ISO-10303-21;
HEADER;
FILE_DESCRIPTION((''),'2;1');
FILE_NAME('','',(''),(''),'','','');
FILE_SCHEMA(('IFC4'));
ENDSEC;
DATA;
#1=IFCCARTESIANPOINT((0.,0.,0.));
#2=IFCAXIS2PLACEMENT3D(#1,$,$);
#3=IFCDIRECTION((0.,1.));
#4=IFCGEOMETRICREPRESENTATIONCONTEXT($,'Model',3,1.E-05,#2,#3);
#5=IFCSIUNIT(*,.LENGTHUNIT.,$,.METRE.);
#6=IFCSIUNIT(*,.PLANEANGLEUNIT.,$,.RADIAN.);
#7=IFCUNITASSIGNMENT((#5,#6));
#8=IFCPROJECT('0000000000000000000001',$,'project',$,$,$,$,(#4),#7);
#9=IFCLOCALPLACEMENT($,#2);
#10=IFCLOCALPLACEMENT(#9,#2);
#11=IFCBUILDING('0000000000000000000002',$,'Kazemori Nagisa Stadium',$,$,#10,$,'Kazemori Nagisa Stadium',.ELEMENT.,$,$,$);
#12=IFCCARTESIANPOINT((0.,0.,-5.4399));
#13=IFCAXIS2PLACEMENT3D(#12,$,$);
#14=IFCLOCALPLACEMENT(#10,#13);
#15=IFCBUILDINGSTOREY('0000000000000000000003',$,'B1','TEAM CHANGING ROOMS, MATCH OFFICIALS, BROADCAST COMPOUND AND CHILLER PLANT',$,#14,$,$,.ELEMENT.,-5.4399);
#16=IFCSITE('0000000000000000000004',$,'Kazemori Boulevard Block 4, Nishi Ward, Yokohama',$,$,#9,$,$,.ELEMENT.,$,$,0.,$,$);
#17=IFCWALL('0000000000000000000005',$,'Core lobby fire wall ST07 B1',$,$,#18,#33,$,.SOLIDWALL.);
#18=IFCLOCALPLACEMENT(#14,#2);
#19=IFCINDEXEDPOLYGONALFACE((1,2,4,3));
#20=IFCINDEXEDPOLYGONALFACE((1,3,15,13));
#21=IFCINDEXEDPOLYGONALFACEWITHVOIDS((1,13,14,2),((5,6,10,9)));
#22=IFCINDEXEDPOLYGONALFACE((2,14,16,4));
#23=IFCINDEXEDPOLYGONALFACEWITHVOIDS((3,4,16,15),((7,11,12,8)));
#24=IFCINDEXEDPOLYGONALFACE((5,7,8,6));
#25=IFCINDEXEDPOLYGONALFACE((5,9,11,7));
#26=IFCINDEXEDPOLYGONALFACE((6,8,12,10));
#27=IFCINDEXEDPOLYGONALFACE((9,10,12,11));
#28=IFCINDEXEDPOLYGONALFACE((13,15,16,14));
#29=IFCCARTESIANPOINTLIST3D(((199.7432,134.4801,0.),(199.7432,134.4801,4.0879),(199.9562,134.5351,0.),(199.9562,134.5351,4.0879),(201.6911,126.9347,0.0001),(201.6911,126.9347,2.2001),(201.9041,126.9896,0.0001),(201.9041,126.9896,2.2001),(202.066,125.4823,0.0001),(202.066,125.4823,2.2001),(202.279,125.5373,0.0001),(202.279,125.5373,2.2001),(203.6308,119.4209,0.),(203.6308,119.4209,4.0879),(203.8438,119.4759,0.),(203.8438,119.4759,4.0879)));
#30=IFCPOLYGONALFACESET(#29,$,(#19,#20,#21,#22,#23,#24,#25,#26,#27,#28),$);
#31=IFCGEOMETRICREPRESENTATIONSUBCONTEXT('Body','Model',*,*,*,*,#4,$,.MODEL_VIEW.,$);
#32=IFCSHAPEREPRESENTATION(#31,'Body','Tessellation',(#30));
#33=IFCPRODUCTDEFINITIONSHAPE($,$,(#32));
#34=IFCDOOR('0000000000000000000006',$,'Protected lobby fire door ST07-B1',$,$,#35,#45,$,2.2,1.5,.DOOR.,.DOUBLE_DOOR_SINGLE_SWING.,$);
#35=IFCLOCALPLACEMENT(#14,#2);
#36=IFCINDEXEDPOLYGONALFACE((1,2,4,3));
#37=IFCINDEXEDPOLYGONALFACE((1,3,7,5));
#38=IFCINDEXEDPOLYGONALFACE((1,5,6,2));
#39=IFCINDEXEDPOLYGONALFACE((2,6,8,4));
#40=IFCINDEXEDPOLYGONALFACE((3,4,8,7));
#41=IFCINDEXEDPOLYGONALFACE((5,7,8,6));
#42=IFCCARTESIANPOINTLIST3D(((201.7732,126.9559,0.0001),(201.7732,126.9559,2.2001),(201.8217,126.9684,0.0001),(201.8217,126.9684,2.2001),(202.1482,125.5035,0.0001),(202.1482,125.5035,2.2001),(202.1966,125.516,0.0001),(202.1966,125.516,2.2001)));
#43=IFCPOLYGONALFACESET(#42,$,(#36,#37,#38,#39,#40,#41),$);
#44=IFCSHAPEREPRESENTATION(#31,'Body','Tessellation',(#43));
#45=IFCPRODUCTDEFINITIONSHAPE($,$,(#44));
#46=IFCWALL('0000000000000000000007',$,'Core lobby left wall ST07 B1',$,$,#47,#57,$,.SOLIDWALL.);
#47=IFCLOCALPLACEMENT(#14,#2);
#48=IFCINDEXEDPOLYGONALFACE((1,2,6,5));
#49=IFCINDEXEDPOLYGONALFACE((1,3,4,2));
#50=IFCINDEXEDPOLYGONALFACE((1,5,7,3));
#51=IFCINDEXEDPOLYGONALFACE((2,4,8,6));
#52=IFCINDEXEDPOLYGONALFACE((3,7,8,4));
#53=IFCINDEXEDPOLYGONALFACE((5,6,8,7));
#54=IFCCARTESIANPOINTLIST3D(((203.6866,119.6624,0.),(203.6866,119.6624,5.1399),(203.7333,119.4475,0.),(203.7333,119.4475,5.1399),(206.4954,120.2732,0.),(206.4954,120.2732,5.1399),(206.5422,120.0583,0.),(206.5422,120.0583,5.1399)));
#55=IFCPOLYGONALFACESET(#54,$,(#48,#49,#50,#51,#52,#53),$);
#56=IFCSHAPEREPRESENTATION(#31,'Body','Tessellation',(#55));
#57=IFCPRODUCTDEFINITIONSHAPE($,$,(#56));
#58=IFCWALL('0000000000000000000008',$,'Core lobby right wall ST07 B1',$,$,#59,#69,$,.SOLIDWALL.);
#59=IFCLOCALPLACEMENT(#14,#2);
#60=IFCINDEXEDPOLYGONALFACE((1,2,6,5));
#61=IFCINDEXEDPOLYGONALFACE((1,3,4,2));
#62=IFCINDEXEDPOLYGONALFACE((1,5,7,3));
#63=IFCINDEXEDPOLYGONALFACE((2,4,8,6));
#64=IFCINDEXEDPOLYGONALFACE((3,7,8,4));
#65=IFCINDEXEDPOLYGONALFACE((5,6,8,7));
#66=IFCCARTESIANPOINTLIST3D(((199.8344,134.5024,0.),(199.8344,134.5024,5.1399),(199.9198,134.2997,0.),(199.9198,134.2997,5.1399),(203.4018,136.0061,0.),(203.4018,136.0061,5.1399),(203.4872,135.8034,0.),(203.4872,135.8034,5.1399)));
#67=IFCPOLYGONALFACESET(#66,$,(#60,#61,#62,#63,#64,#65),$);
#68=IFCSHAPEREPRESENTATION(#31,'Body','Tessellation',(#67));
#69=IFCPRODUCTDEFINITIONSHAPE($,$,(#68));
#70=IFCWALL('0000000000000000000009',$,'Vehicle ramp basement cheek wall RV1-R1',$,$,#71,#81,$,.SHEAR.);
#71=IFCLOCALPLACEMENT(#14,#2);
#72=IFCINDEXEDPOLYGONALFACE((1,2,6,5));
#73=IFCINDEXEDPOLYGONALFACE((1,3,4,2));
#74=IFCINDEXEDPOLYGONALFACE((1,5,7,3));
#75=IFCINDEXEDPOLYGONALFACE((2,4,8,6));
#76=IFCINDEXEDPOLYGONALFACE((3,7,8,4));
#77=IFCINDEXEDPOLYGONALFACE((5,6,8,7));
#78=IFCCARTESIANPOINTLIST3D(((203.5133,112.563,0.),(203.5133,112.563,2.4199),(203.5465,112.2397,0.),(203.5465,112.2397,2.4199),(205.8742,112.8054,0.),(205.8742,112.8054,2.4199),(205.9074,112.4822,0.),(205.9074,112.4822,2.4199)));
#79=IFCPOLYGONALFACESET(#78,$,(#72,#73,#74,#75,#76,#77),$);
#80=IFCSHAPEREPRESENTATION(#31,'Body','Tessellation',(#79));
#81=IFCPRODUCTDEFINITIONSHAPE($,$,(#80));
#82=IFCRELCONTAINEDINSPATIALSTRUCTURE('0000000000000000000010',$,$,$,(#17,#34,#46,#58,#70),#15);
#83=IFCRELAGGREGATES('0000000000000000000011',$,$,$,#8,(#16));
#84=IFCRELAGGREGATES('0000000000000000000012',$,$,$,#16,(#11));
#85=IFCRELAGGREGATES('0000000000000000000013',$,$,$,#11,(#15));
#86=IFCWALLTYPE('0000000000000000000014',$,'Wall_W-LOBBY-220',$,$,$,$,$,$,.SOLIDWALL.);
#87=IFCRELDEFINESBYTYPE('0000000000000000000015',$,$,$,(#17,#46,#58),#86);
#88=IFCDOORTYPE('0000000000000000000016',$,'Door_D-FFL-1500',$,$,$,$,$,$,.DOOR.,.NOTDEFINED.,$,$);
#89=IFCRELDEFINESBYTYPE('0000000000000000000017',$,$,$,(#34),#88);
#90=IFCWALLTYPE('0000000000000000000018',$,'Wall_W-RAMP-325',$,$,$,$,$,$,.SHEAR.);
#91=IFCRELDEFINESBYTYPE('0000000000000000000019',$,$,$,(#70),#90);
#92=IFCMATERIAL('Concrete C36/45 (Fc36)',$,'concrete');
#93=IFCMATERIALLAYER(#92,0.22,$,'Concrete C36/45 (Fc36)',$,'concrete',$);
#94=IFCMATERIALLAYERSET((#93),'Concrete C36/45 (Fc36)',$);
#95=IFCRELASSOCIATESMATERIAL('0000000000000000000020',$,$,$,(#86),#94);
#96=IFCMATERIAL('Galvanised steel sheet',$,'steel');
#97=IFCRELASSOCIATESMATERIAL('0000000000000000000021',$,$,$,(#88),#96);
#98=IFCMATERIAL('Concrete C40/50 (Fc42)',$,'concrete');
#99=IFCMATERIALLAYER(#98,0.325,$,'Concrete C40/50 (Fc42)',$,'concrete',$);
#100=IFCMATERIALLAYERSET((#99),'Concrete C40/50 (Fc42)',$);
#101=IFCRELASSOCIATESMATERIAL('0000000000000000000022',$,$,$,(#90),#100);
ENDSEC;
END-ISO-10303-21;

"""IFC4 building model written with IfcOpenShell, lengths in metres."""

from ifc_helpers import new_model, si_unit, direction, frame, frame_2d, origin, place, context, subcontext, project, spatial, rectangle, extrude, material, layer, layer_set, type_object, element, fill, save


model = new_model("IFC4")

# Units and contexts
model_context = context("Model", 3, precision=1e-05, world=origin(), true_north=direction((0.0, 1.0)))
body_context = subcontext(model_context, "Body", "Model", "MODEL_VIEW")
ifc_project = project(units=[si_unit("LENGTHUNIT", "METRE"), si_unit("PLANEANGLEUNIT", "RADIAN")], contexts=[model_context])

# Site, building, storey
site_placement = place(None, origin())
site = spatial("IfcSite", under=ifc_project, at=site_placement, Name="Kazemori Boulevard Block 4, Nishi Ward, Yokohama", CompositionType="ELEMENT", RefElevation=0.0)
building_placement = place(site_placement, origin())
building = spatial("IfcBuilding", under=site, at=building_placement, Name="Kazemori Nagisa Stadium", LongName="Kazemori Nagisa Stadium", CompositionType="ELEMENT")
storey_placement = place(building_placement, frame((0.0, 0.0, -5.4399)))
storey = spatial("IfcBuildingStorey", under=building, at=storey_placement, Name="B1", Description="TEAM CHANGING ROOMS, MATCH OFFICIALS, BROADCAST COMPOUND AND CHILLER PLANT", CompositionType="ELEMENT", Elevation=-5.4399)

# Shared definitions
ifc_material_1 = material(Name="Concrete C40/50 (Fc42)", Category="concrete")

# Shared definitions
ifc_material_2 = material(Name="Concrete C36/45 (Fc36)", Category="concrete")

# Wall, opening, door
ifc_layer_1 = layer(ifc_material_2, 0.22, Name="Concrete C36/45 (Fc36)", Category="concrete")
ifc_layer_set_1 = layer_set([ifc_layer_1], Name="Concrete C36/45 (Fc36)")
wall_type_1 = type_object("IfcWallType", Name="Wall_W-LOBBY-220", PredefinedType="SOLIDWALL", material=ifc_layer_set_1)
wall_1_placement = place(storey_placement, frame((203.7373, 119.4485, 0.0), z_axis=(0.0, 0.0, 1.0), x_axis=(-0.249963, 0.968255, 0.0)))
wall_1 = element("IfcWall", 1, at=wall_1_placement, inside=storey, type_object=wall_type_1, Name="Core lobby fire wall ST07 B1", PredefinedType="SOLIDWALL", context=body_context, shape_type="SweptSolid", body=[
    extrude(rectangle(XDim=15.553, YDim=0.22, at=frame_2d((7.7764, 0.0))), origin(), (0.0, 0.0, 1.0), 4.0879),
])
opening_placement = place(wall_1_placement, frame((6.26, 0.0, 0.0)))
opening = element("IfcOpeningElement", 2, at=opening_placement, cuts=wall_1, PredefinedType="OPENING", context=body_context, shape_type="SweptSolid", body=[
    extrude(rectangle(XDim=1.5, YDim=2.2, at=frame_2d((0.75, 1.1001))), frame((0.0, 0.1199, 0.0), z_axis=(0.0, -1.0, 0.0), x_axis=(1.0, 0.0, 0.0)), (0.0, 0.0, 1.0), 0.24),
])
ifc_material_3 = material(Name="Galvanised steel sheet", Category="steel")
door_type = type_object("IfcDoorType", Name="Door_D-FFL-1500", OperationType="NOTDEFINED", PredefinedType="DOOR", material=ifc_material_3)
door_placement = place(opening_placement, frame((1.5, 0.0, 0.0), z_axis=(0.0, 0.0, 1.0), x_axis=(-1.0, 0.0, 0.0)))
door = element("IfcDoor", 3, at=door_placement, inside=storey, type_object=door_type, Name="Protected lobby fire door ST07-B1", OperationType="DOUBLE_DOOR_SINGLE_SWING", OverallHeight=2.2, OverallWidth=1.5, PredefinedType="DOOR", context=body_context, shape_type="SweptSolid", body=[
    extrude(rectangle(XDim=1.5, YDim=2.2, at=frame_2d((0.75, 1.1001))), frame((0.0, 0.0249, 0.0), z_axis=(0.0, -1.0, 0.0), x_axis=(1.0, 0.0, 0.0)), (0.0, 0.0, 1.0), 0.05),
])
fill(opening, door)

# Walls
wall_2_placement = place(storey_placement, frame((203.71, 119.5549, 0.0), z_axis=(0.0, 0.0, 1.0), x_axis=(0.97716, 0.212504, 0.0)))
element("IfcWall", 4, at=wall_2_placement, inside=storey, type_object=wall_type_1, Name="Core lobby left wall ST07 B1", PredefinedType="SOLIDWALL", context=body_context, shape_type="SweptSolid", body=[
    extrude(rectangle(XDim=2.8745, YDim=0.22, at=frame_2d((1.4373, 0.0))), origin(), (0.0, 0.0, 1.0), 5.1399),
])
wall_3_placement = place(storey_placement, frame((199.8772, 134.4011, 0.0), z_axis=(0.0, 0.0, 1.0), x_axis=(0.921487, 0.388409, 0.0)))
element("IfcWall", 5, at=wall_3_placement, inside=storey, type_object=wall_type_1, Name="Core lobby right wall ST07 B1", PredefinedType="SOLIDWALL", context=body_context, shape_type="SweptSolid", body=[
    extrude(rectangle(XDim=3.8713, YDim=0.22, at=frame_2d((1.9355, 0.0))), origin(), (0.0, 0.0, 1.0), 5.1399),
])
ifc_layer_2 = layer(ifc_material_1, 0.325, Name="Concrete C40/50 (Fc42)", Category="concrete")
ifc_layer_set_2 = layer_set([ifc_layer_2], Name="Concrete C40/50 (Fc42)")
wall_type_2 = type_object("IfcWallType", Name="Wall_W-RAMP-325", PredefinedType="SHEAR", material=ifc_layer_set_2)
wall_4_placement = place(storey_placement, frame((203.53, 112.4014, 0.0), z_axis=(0.0, 0.0, 1.0), x_axis=(0.994769, 0.102152, 0.0)))
element("IfcWall", 6, at=wall_4_placement, inside=storey, type_object=wall_type_2, Name="Vehicle ramp basement cheek wall RV1-R1", PredefinedType="SHEAR", context=body_context, shape_type="SweptSolid", body=[
    extrude(rectangle(XDim=2.3733, YDim=0.325, at=frame_2d((1.1865, 0.0))), origin(), (0.0, 0.0, 1.0), 2.4199),
])

save(model, "model.ifc")
